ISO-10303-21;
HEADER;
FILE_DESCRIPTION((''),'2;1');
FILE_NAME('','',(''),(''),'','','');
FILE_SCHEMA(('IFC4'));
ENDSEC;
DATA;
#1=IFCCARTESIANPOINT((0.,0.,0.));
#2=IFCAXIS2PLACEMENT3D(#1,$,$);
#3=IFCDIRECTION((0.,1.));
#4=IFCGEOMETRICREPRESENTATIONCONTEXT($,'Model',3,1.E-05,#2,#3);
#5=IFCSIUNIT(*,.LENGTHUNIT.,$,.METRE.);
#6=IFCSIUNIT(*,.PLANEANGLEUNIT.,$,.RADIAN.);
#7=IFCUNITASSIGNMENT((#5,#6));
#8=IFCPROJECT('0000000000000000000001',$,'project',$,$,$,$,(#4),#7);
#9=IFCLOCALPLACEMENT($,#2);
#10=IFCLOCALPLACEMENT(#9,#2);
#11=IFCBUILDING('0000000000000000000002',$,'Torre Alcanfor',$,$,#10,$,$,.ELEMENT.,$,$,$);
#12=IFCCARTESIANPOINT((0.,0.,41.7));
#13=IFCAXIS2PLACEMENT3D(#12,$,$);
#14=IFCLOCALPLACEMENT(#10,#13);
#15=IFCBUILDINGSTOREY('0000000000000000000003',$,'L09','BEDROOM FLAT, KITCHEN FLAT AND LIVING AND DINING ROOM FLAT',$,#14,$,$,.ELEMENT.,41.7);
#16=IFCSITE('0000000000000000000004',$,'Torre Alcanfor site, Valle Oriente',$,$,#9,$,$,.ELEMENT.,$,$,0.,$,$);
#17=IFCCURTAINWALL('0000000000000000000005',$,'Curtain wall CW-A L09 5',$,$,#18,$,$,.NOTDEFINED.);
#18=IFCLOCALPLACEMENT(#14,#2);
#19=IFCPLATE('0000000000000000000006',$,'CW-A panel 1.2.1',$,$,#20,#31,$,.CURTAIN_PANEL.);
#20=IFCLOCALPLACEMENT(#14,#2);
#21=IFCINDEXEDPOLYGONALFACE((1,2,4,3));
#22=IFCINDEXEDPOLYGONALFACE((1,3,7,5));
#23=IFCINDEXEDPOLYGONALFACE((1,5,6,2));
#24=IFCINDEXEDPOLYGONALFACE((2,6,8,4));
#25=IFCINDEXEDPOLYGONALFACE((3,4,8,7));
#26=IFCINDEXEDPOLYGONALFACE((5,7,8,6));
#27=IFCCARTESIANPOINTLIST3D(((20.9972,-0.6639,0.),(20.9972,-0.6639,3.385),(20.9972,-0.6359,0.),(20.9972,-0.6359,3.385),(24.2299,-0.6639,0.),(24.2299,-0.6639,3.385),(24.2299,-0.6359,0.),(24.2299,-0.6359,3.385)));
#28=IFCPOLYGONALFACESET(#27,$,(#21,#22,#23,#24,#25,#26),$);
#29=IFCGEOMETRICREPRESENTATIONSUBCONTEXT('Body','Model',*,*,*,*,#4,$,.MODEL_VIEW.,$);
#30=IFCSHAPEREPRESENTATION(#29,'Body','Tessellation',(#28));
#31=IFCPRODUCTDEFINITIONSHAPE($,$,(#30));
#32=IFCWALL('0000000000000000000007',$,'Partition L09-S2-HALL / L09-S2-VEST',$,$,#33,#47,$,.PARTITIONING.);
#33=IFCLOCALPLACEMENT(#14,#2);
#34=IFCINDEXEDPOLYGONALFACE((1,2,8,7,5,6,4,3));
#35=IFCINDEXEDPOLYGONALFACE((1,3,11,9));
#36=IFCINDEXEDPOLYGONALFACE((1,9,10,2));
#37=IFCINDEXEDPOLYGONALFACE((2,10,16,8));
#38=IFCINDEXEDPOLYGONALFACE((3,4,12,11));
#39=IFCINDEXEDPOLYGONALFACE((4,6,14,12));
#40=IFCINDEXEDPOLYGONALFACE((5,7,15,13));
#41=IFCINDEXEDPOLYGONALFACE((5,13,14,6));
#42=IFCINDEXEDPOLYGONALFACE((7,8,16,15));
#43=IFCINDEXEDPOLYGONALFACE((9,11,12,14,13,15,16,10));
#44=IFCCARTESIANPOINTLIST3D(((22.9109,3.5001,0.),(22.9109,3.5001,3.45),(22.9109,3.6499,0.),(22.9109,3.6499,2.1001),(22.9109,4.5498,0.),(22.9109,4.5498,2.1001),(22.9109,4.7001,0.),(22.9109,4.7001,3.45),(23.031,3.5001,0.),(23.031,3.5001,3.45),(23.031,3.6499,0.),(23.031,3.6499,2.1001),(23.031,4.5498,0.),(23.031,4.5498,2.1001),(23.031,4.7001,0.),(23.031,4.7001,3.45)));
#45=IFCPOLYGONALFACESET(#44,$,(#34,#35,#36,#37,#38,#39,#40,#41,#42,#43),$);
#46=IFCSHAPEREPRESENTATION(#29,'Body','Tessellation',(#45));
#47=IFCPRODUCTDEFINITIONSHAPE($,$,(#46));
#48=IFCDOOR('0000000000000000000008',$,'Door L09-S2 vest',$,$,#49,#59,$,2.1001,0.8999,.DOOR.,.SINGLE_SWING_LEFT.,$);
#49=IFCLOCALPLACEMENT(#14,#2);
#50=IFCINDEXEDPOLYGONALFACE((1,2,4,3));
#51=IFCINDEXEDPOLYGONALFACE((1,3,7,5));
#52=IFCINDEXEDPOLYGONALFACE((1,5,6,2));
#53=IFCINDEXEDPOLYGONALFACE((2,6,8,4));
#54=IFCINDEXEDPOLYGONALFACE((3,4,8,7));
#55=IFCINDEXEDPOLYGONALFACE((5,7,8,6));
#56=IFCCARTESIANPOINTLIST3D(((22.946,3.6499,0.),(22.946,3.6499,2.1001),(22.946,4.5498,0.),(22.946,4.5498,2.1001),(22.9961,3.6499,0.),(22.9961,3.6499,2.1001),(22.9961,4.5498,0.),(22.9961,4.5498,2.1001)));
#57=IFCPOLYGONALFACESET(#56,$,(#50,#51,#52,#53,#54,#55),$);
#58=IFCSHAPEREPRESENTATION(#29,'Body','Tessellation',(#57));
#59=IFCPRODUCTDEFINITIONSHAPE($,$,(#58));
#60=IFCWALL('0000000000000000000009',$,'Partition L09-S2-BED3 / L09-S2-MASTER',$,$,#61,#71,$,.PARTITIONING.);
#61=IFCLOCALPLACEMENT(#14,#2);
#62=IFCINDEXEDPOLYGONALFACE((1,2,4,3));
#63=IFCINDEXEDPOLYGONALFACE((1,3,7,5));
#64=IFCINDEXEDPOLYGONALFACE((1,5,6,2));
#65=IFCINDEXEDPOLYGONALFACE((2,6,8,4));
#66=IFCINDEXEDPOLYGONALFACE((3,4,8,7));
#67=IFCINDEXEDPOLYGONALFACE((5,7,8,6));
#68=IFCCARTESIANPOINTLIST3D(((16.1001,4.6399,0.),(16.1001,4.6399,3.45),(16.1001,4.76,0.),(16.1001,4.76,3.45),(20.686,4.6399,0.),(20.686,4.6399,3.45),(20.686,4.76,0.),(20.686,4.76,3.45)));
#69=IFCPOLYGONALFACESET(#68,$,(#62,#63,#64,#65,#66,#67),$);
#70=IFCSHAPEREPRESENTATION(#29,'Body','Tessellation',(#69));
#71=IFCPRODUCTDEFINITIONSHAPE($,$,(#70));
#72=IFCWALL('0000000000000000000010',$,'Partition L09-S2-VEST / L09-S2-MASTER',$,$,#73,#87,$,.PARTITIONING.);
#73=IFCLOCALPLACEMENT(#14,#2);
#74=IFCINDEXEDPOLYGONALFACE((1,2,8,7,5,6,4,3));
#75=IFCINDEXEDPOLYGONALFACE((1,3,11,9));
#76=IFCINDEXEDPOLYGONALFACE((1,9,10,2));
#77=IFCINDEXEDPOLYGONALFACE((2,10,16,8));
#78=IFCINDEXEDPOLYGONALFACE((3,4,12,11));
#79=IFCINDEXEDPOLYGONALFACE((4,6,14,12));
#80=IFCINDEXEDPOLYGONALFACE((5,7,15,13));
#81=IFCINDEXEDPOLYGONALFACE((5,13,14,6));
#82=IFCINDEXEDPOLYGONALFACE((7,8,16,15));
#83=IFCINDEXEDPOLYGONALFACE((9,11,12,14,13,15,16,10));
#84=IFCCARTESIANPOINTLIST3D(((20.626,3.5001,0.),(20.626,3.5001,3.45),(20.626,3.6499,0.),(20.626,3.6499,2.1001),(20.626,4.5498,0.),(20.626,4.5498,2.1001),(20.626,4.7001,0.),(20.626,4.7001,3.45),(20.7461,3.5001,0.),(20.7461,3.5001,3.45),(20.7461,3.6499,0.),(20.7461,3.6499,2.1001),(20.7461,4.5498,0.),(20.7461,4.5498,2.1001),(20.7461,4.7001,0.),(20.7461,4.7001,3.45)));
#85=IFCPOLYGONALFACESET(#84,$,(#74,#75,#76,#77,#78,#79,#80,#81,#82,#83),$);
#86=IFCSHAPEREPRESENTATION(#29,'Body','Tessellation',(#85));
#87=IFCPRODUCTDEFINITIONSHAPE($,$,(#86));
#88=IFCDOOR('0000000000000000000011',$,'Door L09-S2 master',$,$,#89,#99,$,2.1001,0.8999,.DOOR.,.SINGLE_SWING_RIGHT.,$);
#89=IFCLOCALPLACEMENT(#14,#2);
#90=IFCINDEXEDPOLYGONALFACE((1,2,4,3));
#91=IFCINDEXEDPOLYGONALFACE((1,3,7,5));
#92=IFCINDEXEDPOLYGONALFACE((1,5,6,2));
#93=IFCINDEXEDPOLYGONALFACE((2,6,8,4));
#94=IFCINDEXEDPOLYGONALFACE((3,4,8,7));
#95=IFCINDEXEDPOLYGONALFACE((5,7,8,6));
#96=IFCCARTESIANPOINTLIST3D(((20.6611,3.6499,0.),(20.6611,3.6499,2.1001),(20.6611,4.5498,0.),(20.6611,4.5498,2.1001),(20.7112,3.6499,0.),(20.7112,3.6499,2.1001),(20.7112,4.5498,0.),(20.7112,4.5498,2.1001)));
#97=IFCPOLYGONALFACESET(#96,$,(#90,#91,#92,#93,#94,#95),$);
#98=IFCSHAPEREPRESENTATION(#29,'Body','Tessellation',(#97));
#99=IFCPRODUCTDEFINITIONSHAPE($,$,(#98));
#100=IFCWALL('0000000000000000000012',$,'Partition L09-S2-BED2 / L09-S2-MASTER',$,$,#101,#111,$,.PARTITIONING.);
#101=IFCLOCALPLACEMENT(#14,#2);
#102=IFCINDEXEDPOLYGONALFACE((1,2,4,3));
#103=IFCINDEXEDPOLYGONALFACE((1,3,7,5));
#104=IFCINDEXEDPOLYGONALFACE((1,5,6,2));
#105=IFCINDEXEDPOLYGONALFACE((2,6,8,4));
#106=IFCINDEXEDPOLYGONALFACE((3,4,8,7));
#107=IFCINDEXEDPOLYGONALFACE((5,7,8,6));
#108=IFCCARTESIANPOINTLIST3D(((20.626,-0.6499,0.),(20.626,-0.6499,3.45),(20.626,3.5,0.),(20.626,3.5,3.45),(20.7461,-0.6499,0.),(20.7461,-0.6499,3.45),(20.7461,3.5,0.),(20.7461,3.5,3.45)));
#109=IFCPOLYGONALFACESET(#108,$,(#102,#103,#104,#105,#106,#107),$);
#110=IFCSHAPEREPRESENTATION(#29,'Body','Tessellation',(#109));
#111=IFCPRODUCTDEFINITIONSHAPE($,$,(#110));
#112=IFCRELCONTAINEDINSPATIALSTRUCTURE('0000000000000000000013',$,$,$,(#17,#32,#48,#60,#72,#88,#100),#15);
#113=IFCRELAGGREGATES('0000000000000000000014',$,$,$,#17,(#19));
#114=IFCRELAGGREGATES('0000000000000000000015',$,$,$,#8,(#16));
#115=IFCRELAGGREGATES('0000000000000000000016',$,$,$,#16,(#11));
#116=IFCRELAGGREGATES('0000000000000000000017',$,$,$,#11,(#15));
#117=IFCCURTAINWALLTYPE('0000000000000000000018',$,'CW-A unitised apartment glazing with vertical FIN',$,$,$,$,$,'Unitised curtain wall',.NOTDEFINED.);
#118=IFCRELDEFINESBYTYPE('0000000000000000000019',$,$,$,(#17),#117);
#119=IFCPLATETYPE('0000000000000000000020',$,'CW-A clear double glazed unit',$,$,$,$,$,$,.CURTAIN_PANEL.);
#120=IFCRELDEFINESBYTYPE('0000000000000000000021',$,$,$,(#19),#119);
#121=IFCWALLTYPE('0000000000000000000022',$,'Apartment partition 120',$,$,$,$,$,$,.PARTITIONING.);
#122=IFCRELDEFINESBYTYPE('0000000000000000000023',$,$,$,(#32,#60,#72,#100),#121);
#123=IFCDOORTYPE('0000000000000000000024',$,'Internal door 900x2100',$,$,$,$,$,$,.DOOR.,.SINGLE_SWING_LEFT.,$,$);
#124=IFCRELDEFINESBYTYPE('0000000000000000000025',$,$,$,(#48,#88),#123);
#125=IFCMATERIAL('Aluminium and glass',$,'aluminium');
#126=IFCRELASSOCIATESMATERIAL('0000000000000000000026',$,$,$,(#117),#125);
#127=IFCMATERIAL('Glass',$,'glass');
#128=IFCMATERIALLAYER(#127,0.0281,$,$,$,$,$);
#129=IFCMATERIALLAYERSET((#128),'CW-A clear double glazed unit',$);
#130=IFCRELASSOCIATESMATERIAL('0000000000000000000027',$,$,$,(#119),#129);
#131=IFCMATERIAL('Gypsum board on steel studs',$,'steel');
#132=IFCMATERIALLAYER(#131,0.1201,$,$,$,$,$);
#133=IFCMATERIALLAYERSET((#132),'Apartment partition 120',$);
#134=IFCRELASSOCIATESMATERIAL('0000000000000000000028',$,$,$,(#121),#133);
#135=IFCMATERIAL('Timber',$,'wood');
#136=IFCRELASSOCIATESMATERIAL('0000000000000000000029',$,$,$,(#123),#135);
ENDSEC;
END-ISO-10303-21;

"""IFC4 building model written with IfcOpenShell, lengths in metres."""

from ifc_helpers import new_model, si_unit, direction, frame, frame_2d, origin, origin_2d, place, context, subcontext, project, spatial, rectangle, extrude, material, layer, layer_set, type_object, element, fill, aggregate, save


model = new_model("IFC4")

# Units and contexts
model_context = context("Model", 3, precision=1e-05, world=origin(), true_north=direction((0.0, 1.0)))
body_context = subcontext(model_context, "Body", "Model", "MODEL_VIEW")
ifc_project = project(units=[si_unit("LENGTHUNIT", "METRE"), si_unit("PLANEANGLEUNIT", "RADIAN")], contexts=[model_context])

# Site, building, storey
site_placement = place(None, origin())
site = spatial("IfcSite", under=ifc_project, at=site_placement, Name="Torre Alcanfor site, Valle Oriente", CompositionType="ELEMENT", RefElevation=0.0)
building_placement = place(site_placement, origin())
building = spatial("IfcBuilding", under=site, at=building_placement, Name="Torre Alcanfor", CompositionType="ELEMENT")
storey_placement = place(building_placement, frame((0.0, 0.0, 41.7)))
storey = spatial("IfcBuildingStorey", under=building, at=storey_placement, Name="L09", Description="BEDROOM FLAT, KITCHEN FLAT AND LIVING AND DINING ROOM FLAT", CompositionType="ELEMENT", Elevation=41.7)

# Curtain wall
ifc_material_1 = material(Name="Aluminium and glass", Category="aluminium")
curtain_wall_type = type_object("IfcCurtainWallType", Name="CW-A unitised apartment glazing with vertical FIN", ElementType="Unitised curtain wall", PredefinedType="NOTDEFINED", material=ifc_material_1)
curtain_wall_placement = place(storey_placement, origin())
curtain_wall = element("IfcCurtainWall", 1, at=curtain_wall_placement, inside=storey, type_object=curtain_wall_type, Name="Curtain wall CW-A L09 5", PredefinedType="NOTDEFINED")

# Plate
ifc_material_2 = material(Name="Glass", Category="glass")
ifc_layer_1 = layer(ifc_material_2, 0.0281)
ifc_layer_set_1 = layer_set([ifc_layer_1], Name="CW-A clear double glazed unit")
plate_type = type_object("IfcPlateType", Name="CW-A clear double glazed unit", PredefinedType="CURTAIN_PANEL", material=ifc_layer_set_1)
plate_1_placement = place(storey_placement, frame((22.6135, -0.6499, 0.0), z_axis=(0.0, 0.0, 1.0), x_axis=(1.0, 0.0, 0.0)))
plate_1 = element("IfcPlate", 2, at=plate_1_placement, type_object=plate_type, Name="CW-A panel 1.2.1", PredefinedType="CURTAIN_PANEL", context=body_context, shape_type="SweptSolid", body=[
    extrude(rectangle(XDim=3.2327, YDim=0.0281, at=origin_2d()), origin(), (0.0, 0.0, 1.0), 3.385),
])
aggregate(curtain_wall, [plate_1])

# Wall, opening, door
ifc_material_3 = material(Name="Gypsum board on steel studs", Category="steel")
ifc_layer_2 = layer(ifc_material_3, 0.1201)
ifc_layer_set_2 = layer_set([ifc_layer_2], Name="Apartment partition 120")
wall_type = type_object("IfcWallType", Name="Apartment partition 120", PredefinedType="PARTITIONING", material=ifc_layer_set_2)
wall_1_placement = place(storey_placement, frame((22.9709, 3.5, 0.0), z_axis=(0.0, 0.0, 1.0), x_axis=(0.0, 1.0, 0.0)))
wall_1 = element("IfcWall", 3, at=wall_1_placement, inside=storey, type_object=wall_type, Name="Partition L09-S2-HALL / L09-S2-VEST", PredefinedType="PARTITIONING", context=body_context, shape_type="SweptSolid", body=[
    extrude(rectangle(XDim=1.2, YDim=0.1201, at=frame_2d((0.6001, 0.0))), origin(), (0.0, 0.0, 1.0), 3.45),
])
opening_1_placement = place(wall_1_placement, frame((0.1499, 0.0, 0.0)))
opening_1 = element("IfcOpeningElement", 4, at=opening_1_placement, cuts=wall_1, PredefinedType="OPENING", context=body_context, shape_type="SweptSolid", body=[
    extrude(rectangle(XDim=0.8999, YDim=2.1001, at=frame_2d((0.45, 1.05))), frame((0.0, 0.0701, 0.0), z_axis=(0.0, -1.0, 0.0), x_axis=(1.0, 0.0, 0.0)), (0.0, 0.0, 1.0), 0.1401),
])
ifc_material_4 = material(Name="Timber", Category="wood")
door_type = type_object("IfcDoorType", Name="Internal door 900x2100", OperationType="SINGLE_SWING_LEFT", PredefinedType="DOOR", material=ifc_material_4)
door_1_placement = place(opening_1_placement, origin())
door_1 = element("IfcDoor", 5, at=door_1_placement, inside=storey, type_object=door_type, Name="Door L09-S2 vest", OperationType="SINGLE_SWING_LEFT", OverallHeight=2.1001, OverallWidth=0.8999, PredefinedType="DOOR", context=body_context, shape_type="SweptSolid", body=[
    extrude(rectangle(XDim=0.8999, YDim=2.1001, at=frame_2d((0.45, 1.05))), frame((0.0, 0.0249, 0.0), z_axis=(0.0, -1.0, 0.0), x_axis=(1.0, 0.0, 0.0)), (0.0, 0.0, 1.0), 0.05),
])
fill(opening_1, door_1)

# Wall
wall_2_placement = place(storey_placement, frame((20.686, 4.7, 0.0), z_axis=(0.0, 0.0, 1.0), x_axis=(-1.0, 0.0, 0.0)))
element("IfcWall", 6, at=wall_2_placement, inside=storey, type_object=wall_type, Name="Partition L09-S2-BED3 / L09-S2-MASTER", PredefinedType="PARTITIONING", context=body_context, shape_type="SweptSolid", body=[
    extrude(rectangle(XDim=4.5859, YDim=0.1201, at=frame_2d((2.293, 0.0))), origin(), (0.0, 0.0, 1.0), 3.45),
])

# Wall, opening, door
wall_3_placement = place(storey_placement, frame((20.686, 3.5, 0.0), z_axis=(0.0, 0.0, 1.0), x_axis=(0.0, 1.0, 0.0)))
wall_3 = element("IfcWall", 7, at=wall_3_placement, inside=storey, type_object=wall_type, Name="Partition L09-S2-VEST / L09-S2-MASTER", PredefinedType="PARTITIONING", context=body_context, shape_type="SweptSolid", body=[
    extrude(rectangle(XDim=1.2, YDim=0.1201, at=frame_2d((0.6001, 0.0))), origin(), (0.0, 0.0, 1.0), 3.45),
])
opening_2_placement = place(wall_3_placement, frame((0.1499, 0.0, 0.0)))
opening_2 = element("IfcOpeningElement", 8, at=opening_2_placement, cuts=wall_3, PredefinedType="OPENING", context=body_context, shape_type="SweptSolid", body=[
    extrude(rectangle(XDim=0.8999, YDim=2.1001, at=frame_2d((0.45, 1.05))), frame((0.0, 0.0701, 0.0), z_axis=(0.0, -1.0, 0.0), x_axis=(1.0, 0.0, 0.0)), (0.0, 0.0, 1.0), 0.1401),
])
door_2_placement = place(opening_2_placement, frame((0.8999, 0.0, 0.0), z_axis=(0.0, 0.0, 1.0), x_axis=(-1.0, 0.0, 0.0)))
door_2 = element("IfcDoor", 9, at=door_2_placement, inside=storey, type_object=door_type, Name="Door L09-S2 master", OperationType="SINGLE_SWING_RIGHT", OverallHeight=2.1001, OverallWidth=0.8999, PredefinedType="DOOR", context=body_context, shape_type="SweptSolid", body=[
    extrude(rectangle(XDim=0.8999, YDim=2.1001, at=frame_2d((0.45, 1.05))), frame((0.0, 0.0251, 0.0), z_axis=(0.0, -1.0, 0.0), x_axis=(1.0, 0.0, 0.0)), (0.0, 0.0, 1.0), 0.05),
])
fill(opening_2, door_2)

# Wall
wall_4_placement = place(storey_placement, frame((20.686, -0.6499, 0.0), z_axis=(0.0, 0.0, 1.0), x_axis=(0.0, 1.0, 0.0)))
element("IfcWall", 10, at=wall_4_placement, inside=storey, type_object=wall_type, Name="Partition L09-S2-BED2 / L09-S2-MASTER", PredefinedType="PARTITIONING", context=body_context, shape_type="SweptSolid", body=[
    extrude(rectangle(XDim=4.1499, YDim=0.1201, at=frame_2d((2.075, 0.0))), origin(), (0.0, 0.0, 1.0), 3.45),
])

save(model, "model.ifc")
